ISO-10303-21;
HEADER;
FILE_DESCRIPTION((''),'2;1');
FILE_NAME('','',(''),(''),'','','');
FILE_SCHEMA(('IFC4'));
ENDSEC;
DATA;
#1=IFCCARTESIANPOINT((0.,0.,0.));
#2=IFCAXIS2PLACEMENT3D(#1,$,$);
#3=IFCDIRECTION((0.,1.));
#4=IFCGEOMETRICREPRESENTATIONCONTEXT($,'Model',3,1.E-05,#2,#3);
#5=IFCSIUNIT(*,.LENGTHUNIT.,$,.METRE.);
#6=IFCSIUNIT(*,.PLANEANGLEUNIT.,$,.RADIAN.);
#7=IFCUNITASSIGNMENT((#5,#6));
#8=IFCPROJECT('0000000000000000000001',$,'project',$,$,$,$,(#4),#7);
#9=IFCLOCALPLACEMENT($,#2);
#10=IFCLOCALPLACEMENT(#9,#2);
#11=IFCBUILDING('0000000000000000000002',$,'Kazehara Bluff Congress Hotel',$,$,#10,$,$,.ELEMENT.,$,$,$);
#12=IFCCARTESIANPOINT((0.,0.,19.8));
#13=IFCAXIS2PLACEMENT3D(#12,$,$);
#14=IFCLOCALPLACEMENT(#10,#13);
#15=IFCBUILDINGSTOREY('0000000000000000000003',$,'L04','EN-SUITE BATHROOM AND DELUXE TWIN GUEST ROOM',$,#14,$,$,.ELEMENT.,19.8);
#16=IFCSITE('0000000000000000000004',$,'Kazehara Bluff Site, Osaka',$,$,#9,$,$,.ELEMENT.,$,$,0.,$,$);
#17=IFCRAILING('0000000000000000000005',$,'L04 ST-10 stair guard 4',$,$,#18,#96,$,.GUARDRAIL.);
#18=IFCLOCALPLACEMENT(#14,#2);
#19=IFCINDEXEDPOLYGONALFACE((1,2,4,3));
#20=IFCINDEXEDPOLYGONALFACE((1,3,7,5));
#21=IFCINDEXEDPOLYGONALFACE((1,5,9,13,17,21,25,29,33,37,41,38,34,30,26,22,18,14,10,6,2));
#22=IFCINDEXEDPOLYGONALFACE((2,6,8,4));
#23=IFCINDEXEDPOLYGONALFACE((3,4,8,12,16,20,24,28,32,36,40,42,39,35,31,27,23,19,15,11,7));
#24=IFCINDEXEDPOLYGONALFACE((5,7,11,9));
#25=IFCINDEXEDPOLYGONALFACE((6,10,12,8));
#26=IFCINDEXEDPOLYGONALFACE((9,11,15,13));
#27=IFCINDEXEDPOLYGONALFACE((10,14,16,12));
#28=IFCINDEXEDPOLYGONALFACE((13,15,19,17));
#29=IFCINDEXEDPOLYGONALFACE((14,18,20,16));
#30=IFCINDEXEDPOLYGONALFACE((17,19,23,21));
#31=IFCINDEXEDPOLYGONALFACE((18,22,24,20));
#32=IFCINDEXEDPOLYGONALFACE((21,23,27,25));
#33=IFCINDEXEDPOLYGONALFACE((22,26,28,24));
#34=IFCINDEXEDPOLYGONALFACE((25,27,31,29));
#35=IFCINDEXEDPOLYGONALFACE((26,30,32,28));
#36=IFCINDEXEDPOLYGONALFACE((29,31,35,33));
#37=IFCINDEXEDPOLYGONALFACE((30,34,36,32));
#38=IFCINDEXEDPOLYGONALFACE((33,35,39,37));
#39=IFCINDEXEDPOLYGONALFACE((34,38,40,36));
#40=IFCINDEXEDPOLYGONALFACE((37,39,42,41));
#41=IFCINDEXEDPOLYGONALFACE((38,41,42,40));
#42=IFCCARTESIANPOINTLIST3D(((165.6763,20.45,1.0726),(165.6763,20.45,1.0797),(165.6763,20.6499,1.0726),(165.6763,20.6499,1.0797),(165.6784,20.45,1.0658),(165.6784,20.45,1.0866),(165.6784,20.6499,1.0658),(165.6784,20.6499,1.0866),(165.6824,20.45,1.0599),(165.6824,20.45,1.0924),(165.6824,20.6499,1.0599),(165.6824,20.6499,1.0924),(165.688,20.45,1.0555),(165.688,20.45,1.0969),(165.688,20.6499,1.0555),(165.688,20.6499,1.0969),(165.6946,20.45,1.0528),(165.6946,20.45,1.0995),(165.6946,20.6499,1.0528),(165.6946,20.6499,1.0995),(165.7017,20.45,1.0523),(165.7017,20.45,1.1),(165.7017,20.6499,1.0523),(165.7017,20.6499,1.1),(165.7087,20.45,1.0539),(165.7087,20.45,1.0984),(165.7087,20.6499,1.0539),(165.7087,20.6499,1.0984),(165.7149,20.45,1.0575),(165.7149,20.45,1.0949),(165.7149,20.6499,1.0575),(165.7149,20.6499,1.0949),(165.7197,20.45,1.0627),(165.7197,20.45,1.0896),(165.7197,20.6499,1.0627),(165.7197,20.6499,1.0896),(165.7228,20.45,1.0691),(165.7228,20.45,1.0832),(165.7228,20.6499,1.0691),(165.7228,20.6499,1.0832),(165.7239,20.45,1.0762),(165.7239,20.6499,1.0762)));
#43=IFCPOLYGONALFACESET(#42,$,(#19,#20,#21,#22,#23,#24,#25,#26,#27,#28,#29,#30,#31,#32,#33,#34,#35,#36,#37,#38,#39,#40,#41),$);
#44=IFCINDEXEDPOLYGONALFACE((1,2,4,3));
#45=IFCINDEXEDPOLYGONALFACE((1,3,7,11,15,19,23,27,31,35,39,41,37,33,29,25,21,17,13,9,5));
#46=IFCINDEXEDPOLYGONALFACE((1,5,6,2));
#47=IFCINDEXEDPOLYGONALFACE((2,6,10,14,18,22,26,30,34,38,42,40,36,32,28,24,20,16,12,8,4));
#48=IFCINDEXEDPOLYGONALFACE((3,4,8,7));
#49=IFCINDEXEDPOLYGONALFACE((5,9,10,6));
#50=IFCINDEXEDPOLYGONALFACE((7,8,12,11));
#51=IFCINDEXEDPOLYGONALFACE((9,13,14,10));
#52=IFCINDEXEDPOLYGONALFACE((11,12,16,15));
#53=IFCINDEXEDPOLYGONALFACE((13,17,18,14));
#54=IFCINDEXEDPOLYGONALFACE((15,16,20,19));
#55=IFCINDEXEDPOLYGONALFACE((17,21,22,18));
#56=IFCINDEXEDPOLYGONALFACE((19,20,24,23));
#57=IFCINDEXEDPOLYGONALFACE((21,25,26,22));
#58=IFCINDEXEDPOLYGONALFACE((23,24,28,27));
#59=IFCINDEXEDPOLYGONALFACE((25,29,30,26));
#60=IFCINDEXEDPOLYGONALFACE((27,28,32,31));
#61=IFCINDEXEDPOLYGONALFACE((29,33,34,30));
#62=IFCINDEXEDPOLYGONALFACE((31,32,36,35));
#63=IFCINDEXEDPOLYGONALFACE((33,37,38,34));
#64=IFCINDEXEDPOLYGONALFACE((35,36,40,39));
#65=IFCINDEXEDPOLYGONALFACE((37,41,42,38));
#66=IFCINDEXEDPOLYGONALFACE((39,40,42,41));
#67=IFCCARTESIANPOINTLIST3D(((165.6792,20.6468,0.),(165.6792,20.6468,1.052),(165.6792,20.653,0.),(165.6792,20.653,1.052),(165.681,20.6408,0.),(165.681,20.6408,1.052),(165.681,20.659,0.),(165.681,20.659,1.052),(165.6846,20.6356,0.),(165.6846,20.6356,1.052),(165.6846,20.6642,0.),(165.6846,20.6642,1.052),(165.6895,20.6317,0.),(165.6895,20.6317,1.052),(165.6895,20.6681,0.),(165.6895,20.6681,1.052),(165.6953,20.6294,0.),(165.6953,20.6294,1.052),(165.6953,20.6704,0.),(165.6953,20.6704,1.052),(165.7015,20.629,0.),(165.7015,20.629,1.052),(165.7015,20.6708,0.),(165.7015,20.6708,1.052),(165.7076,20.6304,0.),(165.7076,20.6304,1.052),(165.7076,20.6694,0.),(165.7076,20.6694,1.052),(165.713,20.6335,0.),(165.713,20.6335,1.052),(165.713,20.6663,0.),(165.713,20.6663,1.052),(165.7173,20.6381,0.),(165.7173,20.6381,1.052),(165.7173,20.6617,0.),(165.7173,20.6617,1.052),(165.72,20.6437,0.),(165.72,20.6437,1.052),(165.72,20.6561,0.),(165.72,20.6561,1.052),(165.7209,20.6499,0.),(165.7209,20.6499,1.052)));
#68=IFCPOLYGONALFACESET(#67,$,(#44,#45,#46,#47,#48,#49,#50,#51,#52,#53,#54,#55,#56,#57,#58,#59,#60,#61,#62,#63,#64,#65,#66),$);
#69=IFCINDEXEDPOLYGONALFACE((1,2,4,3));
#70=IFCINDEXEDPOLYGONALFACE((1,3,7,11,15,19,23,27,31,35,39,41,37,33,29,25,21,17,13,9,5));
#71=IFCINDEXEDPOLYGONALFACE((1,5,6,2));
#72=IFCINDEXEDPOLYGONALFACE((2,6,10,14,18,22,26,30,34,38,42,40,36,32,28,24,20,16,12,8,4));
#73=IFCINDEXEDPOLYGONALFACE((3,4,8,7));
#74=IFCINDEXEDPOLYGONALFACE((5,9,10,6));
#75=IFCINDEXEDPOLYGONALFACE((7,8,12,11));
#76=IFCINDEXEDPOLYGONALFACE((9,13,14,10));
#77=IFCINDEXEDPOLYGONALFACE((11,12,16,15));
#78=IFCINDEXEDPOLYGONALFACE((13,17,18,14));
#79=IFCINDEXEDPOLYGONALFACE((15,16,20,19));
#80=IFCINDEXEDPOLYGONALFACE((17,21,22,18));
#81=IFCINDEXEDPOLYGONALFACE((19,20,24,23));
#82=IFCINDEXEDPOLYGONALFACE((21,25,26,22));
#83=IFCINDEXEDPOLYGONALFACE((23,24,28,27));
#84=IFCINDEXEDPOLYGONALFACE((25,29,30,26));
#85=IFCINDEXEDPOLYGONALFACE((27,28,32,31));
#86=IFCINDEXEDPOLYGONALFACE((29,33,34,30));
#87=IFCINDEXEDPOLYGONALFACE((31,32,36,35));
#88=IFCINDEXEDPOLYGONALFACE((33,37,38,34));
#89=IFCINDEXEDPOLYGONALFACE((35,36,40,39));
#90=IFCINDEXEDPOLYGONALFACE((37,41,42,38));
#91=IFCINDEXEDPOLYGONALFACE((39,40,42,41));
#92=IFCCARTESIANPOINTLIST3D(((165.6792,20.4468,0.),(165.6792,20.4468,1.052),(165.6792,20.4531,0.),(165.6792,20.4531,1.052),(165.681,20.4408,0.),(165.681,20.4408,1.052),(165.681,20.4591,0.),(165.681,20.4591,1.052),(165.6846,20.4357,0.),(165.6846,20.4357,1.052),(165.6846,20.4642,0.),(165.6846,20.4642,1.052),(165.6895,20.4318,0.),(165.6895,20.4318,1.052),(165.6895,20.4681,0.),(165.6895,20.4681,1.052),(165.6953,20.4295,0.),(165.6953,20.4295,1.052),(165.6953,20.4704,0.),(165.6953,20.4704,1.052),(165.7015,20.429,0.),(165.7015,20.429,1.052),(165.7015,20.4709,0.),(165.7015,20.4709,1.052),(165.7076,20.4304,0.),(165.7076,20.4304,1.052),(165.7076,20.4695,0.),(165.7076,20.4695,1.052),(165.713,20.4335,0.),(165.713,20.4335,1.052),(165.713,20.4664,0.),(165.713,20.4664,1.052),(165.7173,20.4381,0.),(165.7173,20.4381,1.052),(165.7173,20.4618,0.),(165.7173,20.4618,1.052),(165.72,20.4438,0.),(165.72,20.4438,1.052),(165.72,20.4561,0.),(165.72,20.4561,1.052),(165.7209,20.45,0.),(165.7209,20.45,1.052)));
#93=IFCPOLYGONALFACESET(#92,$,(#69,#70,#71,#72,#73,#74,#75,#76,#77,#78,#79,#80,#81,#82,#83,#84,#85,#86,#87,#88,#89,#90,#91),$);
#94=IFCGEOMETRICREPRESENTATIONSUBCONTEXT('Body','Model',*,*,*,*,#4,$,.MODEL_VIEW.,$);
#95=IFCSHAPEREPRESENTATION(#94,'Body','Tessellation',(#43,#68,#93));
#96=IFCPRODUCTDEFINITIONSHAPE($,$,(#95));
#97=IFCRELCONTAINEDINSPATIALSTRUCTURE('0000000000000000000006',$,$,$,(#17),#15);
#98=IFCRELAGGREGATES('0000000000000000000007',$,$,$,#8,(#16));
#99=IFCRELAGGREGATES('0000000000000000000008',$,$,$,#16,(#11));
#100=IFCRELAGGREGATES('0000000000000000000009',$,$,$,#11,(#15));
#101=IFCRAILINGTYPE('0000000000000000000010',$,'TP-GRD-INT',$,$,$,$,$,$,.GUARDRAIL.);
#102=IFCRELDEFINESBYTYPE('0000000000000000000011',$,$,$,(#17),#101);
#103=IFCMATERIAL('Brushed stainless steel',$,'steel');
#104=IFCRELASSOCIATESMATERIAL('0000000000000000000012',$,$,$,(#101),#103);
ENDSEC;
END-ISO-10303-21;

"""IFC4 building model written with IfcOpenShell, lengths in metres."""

from ifc_helpers import new_model, si_unit, direction, frame, origin, origin_2d, place, context, subcontext, project, spatial, circle, extrude, material, type_object, element, save


model = new_model("IFC4")

# Units and contexts
model_context = context("Model", 3, precision=1e-05, world=origin(), true_north=direction((0.0, 1.0)))
body_context = subcontext(model_context, "Body", "Model", "MODEL_VIEW")
ifc_project = project(units=[si_unit("LENGTHUNIT", "METRE"), si_unit("PLANEANGLEUNIT", "RADIAN")], contexts=[model_context])

# Site, building, storey
site_placement = place(None, origin())
site = spatial("IfcSite", under=ifc_project, at=site_placement, Name="Kazehara Bluff Site, Osaka", CompositionType="ELEMENT", RefElevation=0.0)
building_placement = place(site_placement, origin())
building = spatial("IfcBuilding", under=site, at=building_placement, Name="Kazehara Bluff Congress Hotel", CompositionType="ELEMENT")
storey_placement = place(building_placement, frame((0.0, 0.0, 19.8)))
storey = spatial("IfcBuildingStorey", under=building, at=storey_placement, Name="L04", Description="EN-SUITE BATHROOM AND DELUXE TWIN GUEST ROOM", CompositionType="ELEMENT", Elevation=19.8)

# Railing
ifc_material_1 = material(Name="Brushed stainless steel", Category="steel")
railing_type_1 = type_object("IfcRailingType", Name="TP-GRD-INT", PredefinedType="GUARDRAIL", material=ifc_material_1)
railing_1_placement = place(storey_placement, frame((165.7, 20.6499, 0.0)))
element("IfcRailing", 1, at=railing_1_placement, inside=storey, type_object=railing_type_1, Name="L04 ST-10 stair guard 4", PredefinedType="GUARDRAIL", context=body_context, shape_type="SweptSolid", body=[
    extrude(circle(Radius=0.0239, at=origin_2d()), frame((0.0, 0.0, 1.0762), z_axis=(0.0, -1.0, 0.0), x_axis=(1.0, 0.0, 0.0)), (0.0, 0.0, 1.0), 0.2),
    extrude(circle(Radius=0.021, at=origin_2d()), origin(), (0.0, 0.0, 1.0), 1.052),
    extrude(circle(Radius=0.021, at=origin_2d()), frame((0.0, -0.2, 0.0)), (0.0, 0.0, 1.0), 1.052),
])

save(model, "model.ifc")
